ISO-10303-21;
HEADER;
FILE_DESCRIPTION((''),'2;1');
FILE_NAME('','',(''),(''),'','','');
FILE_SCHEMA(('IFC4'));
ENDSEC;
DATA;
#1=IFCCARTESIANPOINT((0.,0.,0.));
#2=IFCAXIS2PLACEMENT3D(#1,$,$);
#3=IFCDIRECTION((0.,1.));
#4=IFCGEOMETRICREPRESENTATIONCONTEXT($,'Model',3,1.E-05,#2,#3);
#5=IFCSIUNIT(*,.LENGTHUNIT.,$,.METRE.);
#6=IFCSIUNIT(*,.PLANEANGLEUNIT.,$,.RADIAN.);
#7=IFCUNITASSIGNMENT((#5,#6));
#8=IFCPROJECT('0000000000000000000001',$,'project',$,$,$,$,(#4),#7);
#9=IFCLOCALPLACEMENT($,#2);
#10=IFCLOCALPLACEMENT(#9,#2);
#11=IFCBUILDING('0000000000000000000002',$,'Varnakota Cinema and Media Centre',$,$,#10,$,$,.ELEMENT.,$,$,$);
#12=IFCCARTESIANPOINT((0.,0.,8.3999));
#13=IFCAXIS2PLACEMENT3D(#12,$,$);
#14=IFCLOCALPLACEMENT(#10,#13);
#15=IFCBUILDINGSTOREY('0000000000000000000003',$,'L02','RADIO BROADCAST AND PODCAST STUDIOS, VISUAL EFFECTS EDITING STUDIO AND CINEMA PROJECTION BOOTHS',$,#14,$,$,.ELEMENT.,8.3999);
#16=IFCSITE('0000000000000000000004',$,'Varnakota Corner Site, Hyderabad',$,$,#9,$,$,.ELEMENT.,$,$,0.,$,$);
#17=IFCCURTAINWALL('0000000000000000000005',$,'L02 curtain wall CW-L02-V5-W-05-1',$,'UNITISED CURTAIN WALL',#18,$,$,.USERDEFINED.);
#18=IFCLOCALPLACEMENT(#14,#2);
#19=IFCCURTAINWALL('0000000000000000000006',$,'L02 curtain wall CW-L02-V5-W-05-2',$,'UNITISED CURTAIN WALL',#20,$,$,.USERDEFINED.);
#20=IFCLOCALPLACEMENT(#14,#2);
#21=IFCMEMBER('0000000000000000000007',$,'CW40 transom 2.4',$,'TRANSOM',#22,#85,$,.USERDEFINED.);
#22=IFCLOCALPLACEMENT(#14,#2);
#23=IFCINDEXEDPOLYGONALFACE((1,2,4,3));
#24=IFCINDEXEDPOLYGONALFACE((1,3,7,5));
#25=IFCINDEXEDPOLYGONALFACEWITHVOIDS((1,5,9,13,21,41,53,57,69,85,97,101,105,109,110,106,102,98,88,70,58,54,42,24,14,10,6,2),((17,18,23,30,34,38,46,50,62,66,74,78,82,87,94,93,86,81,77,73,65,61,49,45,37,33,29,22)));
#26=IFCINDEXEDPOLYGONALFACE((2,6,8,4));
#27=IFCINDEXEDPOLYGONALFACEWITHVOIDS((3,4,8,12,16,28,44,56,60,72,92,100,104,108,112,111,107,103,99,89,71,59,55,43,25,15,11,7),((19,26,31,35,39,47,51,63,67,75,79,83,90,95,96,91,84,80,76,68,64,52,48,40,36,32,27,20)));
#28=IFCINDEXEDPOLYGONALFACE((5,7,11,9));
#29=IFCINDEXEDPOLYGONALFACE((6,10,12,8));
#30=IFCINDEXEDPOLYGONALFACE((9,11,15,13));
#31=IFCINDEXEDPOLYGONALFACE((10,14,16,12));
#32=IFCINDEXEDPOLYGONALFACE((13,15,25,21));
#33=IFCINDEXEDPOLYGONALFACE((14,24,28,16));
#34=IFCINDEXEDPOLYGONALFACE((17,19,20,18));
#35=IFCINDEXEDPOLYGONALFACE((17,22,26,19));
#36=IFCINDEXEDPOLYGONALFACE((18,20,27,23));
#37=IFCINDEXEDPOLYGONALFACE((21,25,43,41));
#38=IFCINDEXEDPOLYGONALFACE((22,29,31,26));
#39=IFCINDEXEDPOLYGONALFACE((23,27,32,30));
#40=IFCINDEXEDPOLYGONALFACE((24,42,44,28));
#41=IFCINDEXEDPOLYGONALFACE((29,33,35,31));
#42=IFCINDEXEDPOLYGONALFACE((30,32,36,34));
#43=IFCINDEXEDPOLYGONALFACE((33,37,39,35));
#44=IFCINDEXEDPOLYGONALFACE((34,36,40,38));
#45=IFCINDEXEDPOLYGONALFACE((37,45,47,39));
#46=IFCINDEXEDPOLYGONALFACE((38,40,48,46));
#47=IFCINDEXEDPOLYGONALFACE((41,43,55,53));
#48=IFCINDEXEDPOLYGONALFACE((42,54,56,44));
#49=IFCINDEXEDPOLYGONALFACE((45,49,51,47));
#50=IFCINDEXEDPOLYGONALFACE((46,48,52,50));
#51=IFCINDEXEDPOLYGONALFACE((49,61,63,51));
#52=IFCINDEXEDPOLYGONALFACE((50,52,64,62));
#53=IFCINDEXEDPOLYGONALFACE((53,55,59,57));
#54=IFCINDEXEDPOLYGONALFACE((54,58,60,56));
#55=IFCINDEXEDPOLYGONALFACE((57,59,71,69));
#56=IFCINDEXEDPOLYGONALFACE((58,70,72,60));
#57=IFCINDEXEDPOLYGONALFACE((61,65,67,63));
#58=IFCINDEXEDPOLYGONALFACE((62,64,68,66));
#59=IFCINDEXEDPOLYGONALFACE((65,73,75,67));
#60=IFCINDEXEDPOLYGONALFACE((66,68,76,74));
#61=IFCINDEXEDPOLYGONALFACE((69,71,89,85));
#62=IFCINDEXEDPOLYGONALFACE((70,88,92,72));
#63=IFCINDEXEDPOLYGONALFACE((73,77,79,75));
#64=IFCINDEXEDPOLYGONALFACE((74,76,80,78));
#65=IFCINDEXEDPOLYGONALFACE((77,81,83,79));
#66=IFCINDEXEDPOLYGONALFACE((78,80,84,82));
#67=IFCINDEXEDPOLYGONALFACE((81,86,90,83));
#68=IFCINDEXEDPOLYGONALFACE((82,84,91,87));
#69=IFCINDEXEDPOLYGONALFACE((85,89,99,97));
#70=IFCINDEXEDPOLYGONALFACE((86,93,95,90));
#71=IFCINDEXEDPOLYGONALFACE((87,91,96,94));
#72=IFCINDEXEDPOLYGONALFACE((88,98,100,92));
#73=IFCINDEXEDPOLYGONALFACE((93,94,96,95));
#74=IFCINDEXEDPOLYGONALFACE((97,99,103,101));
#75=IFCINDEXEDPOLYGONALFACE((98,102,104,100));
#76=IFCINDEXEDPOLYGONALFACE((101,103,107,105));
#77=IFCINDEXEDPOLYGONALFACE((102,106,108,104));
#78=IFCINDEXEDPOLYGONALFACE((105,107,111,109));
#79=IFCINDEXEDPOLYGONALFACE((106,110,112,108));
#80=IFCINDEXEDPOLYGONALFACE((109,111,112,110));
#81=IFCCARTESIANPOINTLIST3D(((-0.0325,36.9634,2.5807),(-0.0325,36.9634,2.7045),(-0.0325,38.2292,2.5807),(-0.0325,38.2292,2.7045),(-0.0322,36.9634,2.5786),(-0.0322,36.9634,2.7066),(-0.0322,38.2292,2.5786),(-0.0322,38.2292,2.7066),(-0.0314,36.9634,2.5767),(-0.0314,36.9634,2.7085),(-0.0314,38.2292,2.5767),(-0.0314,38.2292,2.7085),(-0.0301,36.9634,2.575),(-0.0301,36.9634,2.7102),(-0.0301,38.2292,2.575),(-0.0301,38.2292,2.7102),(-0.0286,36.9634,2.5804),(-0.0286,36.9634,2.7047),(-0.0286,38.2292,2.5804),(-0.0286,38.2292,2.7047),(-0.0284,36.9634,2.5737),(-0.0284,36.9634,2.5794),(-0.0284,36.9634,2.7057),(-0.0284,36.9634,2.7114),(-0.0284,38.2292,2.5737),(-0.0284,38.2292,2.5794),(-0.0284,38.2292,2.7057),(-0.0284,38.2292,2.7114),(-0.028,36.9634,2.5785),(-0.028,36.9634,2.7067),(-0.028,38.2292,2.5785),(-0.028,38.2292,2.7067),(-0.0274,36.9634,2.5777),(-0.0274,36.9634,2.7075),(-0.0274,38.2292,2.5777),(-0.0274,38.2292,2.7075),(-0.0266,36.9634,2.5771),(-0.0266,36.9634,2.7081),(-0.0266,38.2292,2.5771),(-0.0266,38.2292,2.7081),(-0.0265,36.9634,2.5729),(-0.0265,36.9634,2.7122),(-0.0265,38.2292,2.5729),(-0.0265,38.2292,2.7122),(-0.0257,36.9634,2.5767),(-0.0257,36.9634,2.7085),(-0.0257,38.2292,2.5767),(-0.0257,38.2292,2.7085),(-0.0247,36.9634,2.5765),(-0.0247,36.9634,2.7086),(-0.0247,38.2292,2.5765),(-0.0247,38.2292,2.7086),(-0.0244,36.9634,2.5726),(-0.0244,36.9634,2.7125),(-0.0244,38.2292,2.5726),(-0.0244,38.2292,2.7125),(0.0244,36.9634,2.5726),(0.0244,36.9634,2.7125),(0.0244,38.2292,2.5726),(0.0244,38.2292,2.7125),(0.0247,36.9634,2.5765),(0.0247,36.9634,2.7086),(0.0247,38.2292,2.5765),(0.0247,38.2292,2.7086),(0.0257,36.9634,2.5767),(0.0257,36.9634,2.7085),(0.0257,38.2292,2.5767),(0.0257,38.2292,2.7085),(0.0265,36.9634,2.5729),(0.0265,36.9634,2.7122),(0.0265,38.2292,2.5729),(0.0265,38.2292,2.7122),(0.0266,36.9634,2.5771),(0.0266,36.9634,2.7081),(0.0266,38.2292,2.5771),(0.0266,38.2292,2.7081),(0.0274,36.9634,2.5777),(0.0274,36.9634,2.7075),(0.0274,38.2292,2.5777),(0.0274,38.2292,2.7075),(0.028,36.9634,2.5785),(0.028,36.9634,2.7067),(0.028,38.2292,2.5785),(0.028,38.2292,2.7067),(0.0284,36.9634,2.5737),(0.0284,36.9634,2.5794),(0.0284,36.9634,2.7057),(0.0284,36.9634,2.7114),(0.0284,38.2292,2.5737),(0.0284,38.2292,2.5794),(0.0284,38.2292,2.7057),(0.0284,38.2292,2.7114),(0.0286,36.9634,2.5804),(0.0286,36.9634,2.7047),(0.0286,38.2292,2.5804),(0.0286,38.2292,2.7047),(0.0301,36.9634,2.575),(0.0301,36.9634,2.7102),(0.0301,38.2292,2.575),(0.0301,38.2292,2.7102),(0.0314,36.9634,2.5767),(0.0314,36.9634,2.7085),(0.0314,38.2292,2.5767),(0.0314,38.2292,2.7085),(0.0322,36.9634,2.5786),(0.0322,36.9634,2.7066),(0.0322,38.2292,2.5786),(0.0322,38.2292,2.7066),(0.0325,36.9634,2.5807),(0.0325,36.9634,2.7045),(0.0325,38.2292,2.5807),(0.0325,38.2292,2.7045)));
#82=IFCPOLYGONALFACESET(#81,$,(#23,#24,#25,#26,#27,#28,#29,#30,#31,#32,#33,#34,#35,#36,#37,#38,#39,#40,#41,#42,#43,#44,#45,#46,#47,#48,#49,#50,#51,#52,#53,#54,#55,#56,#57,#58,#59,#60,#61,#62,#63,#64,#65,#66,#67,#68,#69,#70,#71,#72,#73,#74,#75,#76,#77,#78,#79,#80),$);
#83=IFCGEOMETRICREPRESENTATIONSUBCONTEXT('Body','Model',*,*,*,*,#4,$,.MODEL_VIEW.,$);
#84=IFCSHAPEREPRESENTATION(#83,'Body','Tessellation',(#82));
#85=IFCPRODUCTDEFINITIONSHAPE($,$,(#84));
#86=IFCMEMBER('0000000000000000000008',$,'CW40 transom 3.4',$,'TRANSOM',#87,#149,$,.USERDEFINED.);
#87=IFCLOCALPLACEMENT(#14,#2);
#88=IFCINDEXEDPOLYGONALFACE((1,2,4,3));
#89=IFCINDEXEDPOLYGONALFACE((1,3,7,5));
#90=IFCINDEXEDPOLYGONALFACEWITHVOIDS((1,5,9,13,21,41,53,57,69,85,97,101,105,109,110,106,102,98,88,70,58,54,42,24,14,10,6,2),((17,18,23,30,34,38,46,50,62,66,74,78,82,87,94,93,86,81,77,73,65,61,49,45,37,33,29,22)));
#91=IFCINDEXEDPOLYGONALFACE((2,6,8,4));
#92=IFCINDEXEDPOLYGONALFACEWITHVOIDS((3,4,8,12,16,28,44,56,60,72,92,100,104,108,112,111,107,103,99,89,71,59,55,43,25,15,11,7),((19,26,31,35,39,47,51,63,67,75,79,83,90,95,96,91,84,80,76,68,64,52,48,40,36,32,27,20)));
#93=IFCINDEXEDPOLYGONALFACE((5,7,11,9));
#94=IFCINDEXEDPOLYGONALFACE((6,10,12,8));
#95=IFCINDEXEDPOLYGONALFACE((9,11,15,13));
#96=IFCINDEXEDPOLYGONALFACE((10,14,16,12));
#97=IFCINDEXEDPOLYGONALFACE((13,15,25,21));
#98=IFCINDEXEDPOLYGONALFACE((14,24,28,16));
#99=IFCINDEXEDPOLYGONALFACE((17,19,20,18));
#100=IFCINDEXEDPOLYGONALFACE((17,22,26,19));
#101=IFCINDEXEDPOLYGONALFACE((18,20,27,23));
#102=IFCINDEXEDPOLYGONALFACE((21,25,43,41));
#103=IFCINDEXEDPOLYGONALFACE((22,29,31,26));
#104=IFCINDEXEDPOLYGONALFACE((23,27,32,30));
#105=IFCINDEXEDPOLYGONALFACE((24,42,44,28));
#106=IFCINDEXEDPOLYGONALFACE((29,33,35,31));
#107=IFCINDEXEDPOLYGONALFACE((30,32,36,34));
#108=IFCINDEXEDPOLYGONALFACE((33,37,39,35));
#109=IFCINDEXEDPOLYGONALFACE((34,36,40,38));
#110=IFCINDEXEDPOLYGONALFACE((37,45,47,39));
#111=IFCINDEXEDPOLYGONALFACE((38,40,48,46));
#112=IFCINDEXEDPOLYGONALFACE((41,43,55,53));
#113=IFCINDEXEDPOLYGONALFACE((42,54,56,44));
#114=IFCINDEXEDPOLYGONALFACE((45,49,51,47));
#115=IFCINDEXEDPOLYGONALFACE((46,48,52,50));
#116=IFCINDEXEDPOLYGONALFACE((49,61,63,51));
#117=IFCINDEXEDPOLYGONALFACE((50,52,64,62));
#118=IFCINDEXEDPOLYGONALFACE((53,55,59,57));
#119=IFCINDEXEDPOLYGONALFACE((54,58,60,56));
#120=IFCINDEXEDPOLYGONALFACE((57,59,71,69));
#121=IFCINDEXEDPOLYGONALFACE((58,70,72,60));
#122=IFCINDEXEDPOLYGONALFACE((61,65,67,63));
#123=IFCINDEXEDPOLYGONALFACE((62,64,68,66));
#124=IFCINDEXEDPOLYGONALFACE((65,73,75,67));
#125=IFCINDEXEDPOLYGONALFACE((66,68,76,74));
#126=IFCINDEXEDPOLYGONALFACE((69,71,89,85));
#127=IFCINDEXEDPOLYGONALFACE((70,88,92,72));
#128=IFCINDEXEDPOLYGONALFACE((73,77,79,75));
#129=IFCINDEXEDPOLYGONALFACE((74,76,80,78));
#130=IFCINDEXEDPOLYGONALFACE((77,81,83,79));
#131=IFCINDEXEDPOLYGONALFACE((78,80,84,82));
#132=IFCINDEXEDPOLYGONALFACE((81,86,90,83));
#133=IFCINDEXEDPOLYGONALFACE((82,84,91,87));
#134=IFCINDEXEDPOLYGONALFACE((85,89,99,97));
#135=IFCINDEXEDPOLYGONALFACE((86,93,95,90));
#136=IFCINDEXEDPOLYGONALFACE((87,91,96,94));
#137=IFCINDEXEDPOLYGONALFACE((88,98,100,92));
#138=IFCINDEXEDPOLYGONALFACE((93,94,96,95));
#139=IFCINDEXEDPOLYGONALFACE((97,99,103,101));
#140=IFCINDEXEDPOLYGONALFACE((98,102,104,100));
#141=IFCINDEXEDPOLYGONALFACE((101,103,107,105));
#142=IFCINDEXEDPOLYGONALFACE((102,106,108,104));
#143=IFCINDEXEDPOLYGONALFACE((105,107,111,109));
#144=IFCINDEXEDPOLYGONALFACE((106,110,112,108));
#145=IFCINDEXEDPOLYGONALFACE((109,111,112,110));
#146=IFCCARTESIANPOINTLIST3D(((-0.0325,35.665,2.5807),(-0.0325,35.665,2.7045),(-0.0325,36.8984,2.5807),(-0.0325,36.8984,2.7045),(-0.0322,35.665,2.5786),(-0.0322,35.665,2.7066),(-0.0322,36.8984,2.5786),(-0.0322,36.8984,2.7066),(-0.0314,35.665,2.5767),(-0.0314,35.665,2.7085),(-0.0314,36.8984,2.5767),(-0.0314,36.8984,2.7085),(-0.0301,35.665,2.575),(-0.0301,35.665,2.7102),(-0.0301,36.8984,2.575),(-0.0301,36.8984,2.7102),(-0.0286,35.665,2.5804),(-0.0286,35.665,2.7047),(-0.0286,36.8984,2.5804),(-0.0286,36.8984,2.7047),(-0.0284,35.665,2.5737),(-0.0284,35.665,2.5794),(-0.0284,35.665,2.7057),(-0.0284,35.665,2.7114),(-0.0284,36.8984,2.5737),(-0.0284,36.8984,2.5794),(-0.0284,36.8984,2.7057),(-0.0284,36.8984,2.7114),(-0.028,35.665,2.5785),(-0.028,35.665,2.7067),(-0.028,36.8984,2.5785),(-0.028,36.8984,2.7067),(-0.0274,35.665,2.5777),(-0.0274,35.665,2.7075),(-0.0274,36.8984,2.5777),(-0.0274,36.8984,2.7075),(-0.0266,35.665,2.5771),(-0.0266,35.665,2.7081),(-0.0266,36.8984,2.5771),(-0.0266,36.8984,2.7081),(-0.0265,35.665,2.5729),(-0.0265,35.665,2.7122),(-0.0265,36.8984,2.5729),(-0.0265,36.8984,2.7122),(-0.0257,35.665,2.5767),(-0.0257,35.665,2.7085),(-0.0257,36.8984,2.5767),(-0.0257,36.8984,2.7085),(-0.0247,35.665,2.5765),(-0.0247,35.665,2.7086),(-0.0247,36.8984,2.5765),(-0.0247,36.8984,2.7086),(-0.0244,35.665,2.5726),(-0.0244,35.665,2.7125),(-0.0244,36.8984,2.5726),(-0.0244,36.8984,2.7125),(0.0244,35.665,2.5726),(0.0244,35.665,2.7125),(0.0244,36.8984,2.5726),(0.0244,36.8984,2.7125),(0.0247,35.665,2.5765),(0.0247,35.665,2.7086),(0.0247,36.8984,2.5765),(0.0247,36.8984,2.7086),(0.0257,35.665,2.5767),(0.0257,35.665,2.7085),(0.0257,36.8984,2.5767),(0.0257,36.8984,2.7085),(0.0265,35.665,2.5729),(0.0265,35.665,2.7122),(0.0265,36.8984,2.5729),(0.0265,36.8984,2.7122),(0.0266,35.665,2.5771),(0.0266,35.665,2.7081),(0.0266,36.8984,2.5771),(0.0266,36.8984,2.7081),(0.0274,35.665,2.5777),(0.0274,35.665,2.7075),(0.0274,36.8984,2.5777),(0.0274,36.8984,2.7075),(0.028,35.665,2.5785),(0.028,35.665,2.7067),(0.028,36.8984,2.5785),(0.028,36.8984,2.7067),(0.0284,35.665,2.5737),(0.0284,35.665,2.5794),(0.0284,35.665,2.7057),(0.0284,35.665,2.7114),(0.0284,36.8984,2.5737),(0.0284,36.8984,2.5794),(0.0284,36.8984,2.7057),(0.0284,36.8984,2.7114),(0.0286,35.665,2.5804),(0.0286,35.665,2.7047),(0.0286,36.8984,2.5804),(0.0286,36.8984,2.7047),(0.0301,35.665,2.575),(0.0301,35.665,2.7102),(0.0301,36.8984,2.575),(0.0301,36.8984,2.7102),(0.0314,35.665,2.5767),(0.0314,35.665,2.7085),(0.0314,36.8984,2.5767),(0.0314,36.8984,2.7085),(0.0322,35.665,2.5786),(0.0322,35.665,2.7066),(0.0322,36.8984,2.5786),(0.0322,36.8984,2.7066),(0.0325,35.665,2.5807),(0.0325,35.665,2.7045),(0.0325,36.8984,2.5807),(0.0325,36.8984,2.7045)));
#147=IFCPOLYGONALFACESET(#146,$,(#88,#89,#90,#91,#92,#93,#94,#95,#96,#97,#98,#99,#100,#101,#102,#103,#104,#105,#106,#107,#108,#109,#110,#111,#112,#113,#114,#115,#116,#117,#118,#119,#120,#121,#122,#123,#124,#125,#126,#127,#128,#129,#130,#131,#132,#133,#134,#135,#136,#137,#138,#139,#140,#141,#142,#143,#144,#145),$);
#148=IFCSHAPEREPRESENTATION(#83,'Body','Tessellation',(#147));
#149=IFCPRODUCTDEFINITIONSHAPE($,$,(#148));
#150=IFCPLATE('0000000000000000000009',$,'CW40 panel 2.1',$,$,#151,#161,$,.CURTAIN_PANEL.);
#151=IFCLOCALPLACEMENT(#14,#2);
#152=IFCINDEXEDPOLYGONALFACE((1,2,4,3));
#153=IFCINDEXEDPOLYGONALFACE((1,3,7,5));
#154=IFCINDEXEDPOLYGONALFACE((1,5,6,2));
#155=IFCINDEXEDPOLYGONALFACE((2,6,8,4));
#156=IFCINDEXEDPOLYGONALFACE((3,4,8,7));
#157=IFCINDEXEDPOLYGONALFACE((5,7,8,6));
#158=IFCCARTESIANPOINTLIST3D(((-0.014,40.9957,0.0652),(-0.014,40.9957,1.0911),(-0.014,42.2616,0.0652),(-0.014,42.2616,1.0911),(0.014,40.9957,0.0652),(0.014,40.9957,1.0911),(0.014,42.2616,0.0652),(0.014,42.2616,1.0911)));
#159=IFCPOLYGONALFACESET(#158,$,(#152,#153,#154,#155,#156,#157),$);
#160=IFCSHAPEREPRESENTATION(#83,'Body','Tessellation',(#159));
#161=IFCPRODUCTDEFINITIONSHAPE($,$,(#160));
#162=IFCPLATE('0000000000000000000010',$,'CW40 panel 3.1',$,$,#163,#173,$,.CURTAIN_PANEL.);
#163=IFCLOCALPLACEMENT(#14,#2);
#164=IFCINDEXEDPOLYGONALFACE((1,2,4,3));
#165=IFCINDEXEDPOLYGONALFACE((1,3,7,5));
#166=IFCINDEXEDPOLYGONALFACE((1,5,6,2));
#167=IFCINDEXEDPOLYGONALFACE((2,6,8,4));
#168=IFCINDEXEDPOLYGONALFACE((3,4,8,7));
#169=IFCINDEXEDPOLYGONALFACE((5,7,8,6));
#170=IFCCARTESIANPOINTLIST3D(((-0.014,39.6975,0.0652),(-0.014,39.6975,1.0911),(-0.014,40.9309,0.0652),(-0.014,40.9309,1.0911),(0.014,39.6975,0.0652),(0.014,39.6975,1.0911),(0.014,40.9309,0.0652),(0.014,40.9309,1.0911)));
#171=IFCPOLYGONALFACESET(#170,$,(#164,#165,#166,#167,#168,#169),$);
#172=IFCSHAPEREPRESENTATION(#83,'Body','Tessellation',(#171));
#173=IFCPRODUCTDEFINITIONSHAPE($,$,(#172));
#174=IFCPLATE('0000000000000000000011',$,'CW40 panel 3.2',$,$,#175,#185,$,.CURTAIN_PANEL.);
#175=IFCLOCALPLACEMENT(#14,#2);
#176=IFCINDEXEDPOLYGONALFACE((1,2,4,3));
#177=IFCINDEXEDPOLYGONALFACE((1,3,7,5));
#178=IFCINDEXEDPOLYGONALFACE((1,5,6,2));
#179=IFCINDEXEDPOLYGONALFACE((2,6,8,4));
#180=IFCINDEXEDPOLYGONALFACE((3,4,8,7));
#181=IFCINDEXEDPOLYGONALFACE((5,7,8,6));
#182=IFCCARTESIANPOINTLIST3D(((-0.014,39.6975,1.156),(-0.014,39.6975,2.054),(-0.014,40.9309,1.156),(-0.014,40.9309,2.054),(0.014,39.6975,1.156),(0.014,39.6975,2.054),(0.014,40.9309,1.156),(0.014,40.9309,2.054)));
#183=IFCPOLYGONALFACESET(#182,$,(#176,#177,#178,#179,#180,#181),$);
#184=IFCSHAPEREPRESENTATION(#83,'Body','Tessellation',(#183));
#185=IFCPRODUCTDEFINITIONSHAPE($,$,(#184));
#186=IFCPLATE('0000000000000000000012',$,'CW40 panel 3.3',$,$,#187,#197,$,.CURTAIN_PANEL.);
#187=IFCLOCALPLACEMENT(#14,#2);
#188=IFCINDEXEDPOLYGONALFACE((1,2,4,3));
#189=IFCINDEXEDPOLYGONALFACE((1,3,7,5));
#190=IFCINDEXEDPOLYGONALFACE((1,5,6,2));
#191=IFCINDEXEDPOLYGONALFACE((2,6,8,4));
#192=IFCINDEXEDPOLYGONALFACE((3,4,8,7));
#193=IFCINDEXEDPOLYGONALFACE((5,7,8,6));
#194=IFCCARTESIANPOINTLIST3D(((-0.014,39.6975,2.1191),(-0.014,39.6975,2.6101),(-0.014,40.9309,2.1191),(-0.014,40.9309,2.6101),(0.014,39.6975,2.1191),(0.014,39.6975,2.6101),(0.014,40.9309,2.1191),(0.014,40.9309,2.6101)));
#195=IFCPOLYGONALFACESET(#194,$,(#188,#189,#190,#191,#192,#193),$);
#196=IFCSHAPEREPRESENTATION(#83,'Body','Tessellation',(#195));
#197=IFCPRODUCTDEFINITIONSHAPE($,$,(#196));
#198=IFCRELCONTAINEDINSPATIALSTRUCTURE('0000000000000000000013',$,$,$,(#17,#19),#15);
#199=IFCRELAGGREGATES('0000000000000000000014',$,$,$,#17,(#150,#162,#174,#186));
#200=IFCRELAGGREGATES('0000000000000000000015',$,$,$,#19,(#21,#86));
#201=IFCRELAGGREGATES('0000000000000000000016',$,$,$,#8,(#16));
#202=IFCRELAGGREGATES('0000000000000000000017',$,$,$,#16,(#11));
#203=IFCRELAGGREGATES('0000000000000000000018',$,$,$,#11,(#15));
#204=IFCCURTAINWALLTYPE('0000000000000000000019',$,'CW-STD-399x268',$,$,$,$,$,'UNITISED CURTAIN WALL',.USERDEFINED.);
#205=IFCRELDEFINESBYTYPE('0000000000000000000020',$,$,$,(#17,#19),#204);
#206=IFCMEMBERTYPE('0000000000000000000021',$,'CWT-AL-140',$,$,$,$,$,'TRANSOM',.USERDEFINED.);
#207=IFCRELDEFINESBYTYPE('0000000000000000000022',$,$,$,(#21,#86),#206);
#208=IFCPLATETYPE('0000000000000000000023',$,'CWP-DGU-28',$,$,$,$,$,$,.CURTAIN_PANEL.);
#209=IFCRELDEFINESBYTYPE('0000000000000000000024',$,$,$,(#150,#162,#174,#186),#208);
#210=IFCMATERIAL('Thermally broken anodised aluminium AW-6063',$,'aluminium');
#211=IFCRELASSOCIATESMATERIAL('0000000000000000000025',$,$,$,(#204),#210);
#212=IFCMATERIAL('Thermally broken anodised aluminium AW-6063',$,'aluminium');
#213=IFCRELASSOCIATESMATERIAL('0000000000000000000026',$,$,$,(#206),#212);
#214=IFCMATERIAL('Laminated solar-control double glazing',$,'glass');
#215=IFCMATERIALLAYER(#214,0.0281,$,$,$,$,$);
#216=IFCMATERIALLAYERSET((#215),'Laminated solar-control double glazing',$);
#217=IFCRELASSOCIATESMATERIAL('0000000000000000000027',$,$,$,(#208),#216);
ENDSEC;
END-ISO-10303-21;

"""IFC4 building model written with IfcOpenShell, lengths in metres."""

from ifc_helpers import new_model, si_unit, direction, frame, origin, origin_2d, place, context, subcontext, project, spatial, rectangle, hollow_rectangle, extrude, material, layer, layer_set, material_profile, profile_set, type_object, element, aggregate, save


model = new_model("IFC4")

# Units and contexts
model_context = context("Model", 3, precision=1e-05, world=origin(), true_north=direction((0.0, 1.0)))
body_context = subcontext(model_context, "Body", "Model", "MODEL_VIEW")
ifc_project = project(units=[si_unit("LENGTHUNIT", "METRE"), si_unit("PLANEANGLEUNIT", "RADIAN")], contexts=[model_context])

# Site, building, storey
site_placement = place(None, origin())
site = spatial("IfcSite", under=ifc_project, at=site_placement, Name="Varnakota Corner Site, Hyderabad", CompositionType="ELEMENT", RefElevation=0.0)
building_placement = place(site_placement, origin())
building = spatial("IfcBuilding", under=site, at=building_placement, Name="Varnakota Cinema and Media Centre", CompositionType="ELEMENT")
storey_placement = place(building_placement, frame((0.0, 0.0, 8.3999)))
storey = spatial("IfcBuildingStorey", under=building, at=storey_placement, Name="L02", Description="RADIO BROADCAST AND PODCAST STUDIOS, VISUAL EFFECTS EDITING STUDIO AND CINEMA PROJECTION BOOTHS", CompositionType="ELEMENT", Elevation=8.3999)

# Curtain walls
ifc_material_1 = material(Name="Thermally broken anodised aluminium AW-6063", Category="aluminium")
curtain_wall_type = type_object("IfcCurtainWallType", Name="CW-STD-399x268", ElementType="UNITISED CURTAIN WALL", PredefinedType="USERDEFINED", material=ifc_material_1)
curtain_wall_1_placement = place(storey_placement, origin())
curtain_wall_1 = element("IfcCurtainWall", 1, at=curtain_wall_1_placement, inside=storey, type_object=curtain_wall_type, Name="L02 curtain wall CW-L02-V5-W-05-1", ObjectType="UNITISED CURTAIN WALL", PredefinedType="USERDEFINED")
curtain_wall_2_placement = place(storey_placement, origin())
curtain_wall_2 = element("IfcCurtainWall", 2, at=curtain_wall_2_placement, inside=storey, type_object=curtain_wall_type, Name="L02 curtain wall CW-L02-V5-W-05-2", ObjectType="UNITISED CURTAIN WALL", PredefinedType="USERDEFINED")

# Members
ifc_material_2 = material(Name="Thermally broken anodised aluminium AW-6063", Category="aluminium")
ifc_material_profile_1 = material_profile(ifc_material_2, hollow_rectangle(XDim=0.0649, YDim=0.1399, WallThickness=0.0039, InnerFilletRadius=0.0039, OuterFilletRadius=0.0081, at=origin_2d()), Name="AL-TRANSOM 140x65x4")
ifc_profile_set_1 = profile_set([ifc_material_profile_1], Name="Thermally broken anodised aluminium AW-6063")
member_type_1 = type_object("IfcMemberType", Name="CWT-AL-140", ElementType="TRANSOM", PredefinedType="USERDEFINED", material=ifc_profile_set_1)
member_1_placement = place(storey_placement, frame((0.0, 38.2292, 2.6426), z_axis=(0.0, -1.0, 0.0), x_axis=(1.0, 0.0, 0.0)))
member_1 = element("IfcMember", 3, at=member_1_placement, type_object=member_type_1, Name="CW40 transom 2.4", ObjectType="TRANSOM", PredefinedType="USERDEFINED", context=body_context, shape_type="SweptSolid", body=[
    extrude(hollow_rectangle(XDim=0.0649, YDim=0.1399, WallThickness=0.0039, InnerFilletRadius=0.0039, OuterFilletRadius=0.0081, at=origin_2d()), origin(), (0.0, 0.0, 1.0), 1.2659),
])
member_2_placement = place(storey_placement, frame((0.0, 36.8984, 2.6426), z_axis=(0.0, -1.0, 0.0), x_axis=(1.0, 0.0, 0.0)))
member_2 = element("IfcMember", 4, at=member_2_placement, type_object=member_type_1, Name="CW40 transom 3.4", ObjectType="TRANSOM", PredefinedType="USERDEFINED", context=body_context, shape_type="SweptSolid", body=[
    extrude(hollow_rectangle(XDim=0.0649, YDim=0.1399, WallThickness=0.0039, InnerFilletRadius=0.0039, OuterFilletRadius=0.0081, at=origin_2d()), origin(), (0.0, 0.0, 1.0), 1.2334),
])

# Plates
ifc_material_3 = material(Name="Laminated solar-control double glazing", Category="glass")
ifc_layer = layer(ifc_material_3, 0.0281)
ifc_layer_set = layer_set([ifc_layer], Name="Laminated solar-control double glazing")
plate_type = type_object("IfcPlateType", Name="CWP-DGU-28", PredefinedType="CURTAIN_PANEL", material=ifc_layer_set)
plate_1_placement = place(storey_placement, frame((0.0, 41.6287, 0.0652), z_axis=(0.0, 0.0, 1.0), x_axis=(0.0, -1.0, 0.0)))
plate_1 = element("IfcPlate", 5, at=plate_1_placement, type_object=plate_type, Name="CW40 panel 2.1", PredefinedType="CURTAIN_PANEL", context=body_context, shape_type="SweptSolid", body=[
    extrude(rectangle(XDim=1.2659, YDim=0.0281, at=origin_2d()), origin(), (0.0, 0.0, 1.0), 1.0259),
])
plate_2_placement = place(storey_placement, frame((0.0, 40.3142, 0.0652), z_axis=(0.0, 0.0, 1.0), x_axis=(0.0, -1.0, 0.0)))
plate_2 = element("IfcPlate", 6, at=plate_2_placement, type_object=plate_type, Name="CW40 panel 3.1", PredefinedType="CURTAIN_PANEL", context=body_context, shape_type="SweptSolid", body=[
    extrude(rectangle(XDim=1.2334, YDim=0.0281, at=origin_2d()), origin(), (0.0, 0.0, 1.0), 1.0259),
])
plate_3_placement = place(storey_placement, frame((0.0, 40.3142, 1.156), z_axis=(0.0, 0.0, 1.0), x_axis=(0.0, -1.0, 0.0)))
plate_3 = element("IfcPlate", 7, at=plate_3_placement, type_object=plate_type, Name="CW40 panel 3.2", PredefinedType="CURTAIN_PANEL", context=body_context, shape_type="SweptSolid", body=[
    extrude(rectangle(XDim=1.2334, YDim=0.0281, at=origin_2d()), origin(), (0.0, 0.0, 1.0), 0.8979),
])
plate_4_placement = place(storey_placement, frame((0.0, 40.3142, 2.1191), z_axis=(0.0, 0.0, 1.0), x_axis=(0.0, -1.0, 0.0)))
plate_4 = element("IfcPlate", 8, at=plate_4_placement, type_object=plate_type, Name="CW40 panel 3.3", PredefinedType="CURTAIN_PANEL", context=body_context, shape_type="SweptSolid", body=[
    extrude(rectangle(XDim=1.2334, YDim=0.0281, at=origin_2d()), origin(), (0.0, 0.0, 1.0), 0.491),
])
aggregate(curtain_wall_1, [plate_1, plate_2, plate_3, plate_4])
aggregate(curtain_wall_2, [member_1, member_2])

save(model, "model.ifc")
